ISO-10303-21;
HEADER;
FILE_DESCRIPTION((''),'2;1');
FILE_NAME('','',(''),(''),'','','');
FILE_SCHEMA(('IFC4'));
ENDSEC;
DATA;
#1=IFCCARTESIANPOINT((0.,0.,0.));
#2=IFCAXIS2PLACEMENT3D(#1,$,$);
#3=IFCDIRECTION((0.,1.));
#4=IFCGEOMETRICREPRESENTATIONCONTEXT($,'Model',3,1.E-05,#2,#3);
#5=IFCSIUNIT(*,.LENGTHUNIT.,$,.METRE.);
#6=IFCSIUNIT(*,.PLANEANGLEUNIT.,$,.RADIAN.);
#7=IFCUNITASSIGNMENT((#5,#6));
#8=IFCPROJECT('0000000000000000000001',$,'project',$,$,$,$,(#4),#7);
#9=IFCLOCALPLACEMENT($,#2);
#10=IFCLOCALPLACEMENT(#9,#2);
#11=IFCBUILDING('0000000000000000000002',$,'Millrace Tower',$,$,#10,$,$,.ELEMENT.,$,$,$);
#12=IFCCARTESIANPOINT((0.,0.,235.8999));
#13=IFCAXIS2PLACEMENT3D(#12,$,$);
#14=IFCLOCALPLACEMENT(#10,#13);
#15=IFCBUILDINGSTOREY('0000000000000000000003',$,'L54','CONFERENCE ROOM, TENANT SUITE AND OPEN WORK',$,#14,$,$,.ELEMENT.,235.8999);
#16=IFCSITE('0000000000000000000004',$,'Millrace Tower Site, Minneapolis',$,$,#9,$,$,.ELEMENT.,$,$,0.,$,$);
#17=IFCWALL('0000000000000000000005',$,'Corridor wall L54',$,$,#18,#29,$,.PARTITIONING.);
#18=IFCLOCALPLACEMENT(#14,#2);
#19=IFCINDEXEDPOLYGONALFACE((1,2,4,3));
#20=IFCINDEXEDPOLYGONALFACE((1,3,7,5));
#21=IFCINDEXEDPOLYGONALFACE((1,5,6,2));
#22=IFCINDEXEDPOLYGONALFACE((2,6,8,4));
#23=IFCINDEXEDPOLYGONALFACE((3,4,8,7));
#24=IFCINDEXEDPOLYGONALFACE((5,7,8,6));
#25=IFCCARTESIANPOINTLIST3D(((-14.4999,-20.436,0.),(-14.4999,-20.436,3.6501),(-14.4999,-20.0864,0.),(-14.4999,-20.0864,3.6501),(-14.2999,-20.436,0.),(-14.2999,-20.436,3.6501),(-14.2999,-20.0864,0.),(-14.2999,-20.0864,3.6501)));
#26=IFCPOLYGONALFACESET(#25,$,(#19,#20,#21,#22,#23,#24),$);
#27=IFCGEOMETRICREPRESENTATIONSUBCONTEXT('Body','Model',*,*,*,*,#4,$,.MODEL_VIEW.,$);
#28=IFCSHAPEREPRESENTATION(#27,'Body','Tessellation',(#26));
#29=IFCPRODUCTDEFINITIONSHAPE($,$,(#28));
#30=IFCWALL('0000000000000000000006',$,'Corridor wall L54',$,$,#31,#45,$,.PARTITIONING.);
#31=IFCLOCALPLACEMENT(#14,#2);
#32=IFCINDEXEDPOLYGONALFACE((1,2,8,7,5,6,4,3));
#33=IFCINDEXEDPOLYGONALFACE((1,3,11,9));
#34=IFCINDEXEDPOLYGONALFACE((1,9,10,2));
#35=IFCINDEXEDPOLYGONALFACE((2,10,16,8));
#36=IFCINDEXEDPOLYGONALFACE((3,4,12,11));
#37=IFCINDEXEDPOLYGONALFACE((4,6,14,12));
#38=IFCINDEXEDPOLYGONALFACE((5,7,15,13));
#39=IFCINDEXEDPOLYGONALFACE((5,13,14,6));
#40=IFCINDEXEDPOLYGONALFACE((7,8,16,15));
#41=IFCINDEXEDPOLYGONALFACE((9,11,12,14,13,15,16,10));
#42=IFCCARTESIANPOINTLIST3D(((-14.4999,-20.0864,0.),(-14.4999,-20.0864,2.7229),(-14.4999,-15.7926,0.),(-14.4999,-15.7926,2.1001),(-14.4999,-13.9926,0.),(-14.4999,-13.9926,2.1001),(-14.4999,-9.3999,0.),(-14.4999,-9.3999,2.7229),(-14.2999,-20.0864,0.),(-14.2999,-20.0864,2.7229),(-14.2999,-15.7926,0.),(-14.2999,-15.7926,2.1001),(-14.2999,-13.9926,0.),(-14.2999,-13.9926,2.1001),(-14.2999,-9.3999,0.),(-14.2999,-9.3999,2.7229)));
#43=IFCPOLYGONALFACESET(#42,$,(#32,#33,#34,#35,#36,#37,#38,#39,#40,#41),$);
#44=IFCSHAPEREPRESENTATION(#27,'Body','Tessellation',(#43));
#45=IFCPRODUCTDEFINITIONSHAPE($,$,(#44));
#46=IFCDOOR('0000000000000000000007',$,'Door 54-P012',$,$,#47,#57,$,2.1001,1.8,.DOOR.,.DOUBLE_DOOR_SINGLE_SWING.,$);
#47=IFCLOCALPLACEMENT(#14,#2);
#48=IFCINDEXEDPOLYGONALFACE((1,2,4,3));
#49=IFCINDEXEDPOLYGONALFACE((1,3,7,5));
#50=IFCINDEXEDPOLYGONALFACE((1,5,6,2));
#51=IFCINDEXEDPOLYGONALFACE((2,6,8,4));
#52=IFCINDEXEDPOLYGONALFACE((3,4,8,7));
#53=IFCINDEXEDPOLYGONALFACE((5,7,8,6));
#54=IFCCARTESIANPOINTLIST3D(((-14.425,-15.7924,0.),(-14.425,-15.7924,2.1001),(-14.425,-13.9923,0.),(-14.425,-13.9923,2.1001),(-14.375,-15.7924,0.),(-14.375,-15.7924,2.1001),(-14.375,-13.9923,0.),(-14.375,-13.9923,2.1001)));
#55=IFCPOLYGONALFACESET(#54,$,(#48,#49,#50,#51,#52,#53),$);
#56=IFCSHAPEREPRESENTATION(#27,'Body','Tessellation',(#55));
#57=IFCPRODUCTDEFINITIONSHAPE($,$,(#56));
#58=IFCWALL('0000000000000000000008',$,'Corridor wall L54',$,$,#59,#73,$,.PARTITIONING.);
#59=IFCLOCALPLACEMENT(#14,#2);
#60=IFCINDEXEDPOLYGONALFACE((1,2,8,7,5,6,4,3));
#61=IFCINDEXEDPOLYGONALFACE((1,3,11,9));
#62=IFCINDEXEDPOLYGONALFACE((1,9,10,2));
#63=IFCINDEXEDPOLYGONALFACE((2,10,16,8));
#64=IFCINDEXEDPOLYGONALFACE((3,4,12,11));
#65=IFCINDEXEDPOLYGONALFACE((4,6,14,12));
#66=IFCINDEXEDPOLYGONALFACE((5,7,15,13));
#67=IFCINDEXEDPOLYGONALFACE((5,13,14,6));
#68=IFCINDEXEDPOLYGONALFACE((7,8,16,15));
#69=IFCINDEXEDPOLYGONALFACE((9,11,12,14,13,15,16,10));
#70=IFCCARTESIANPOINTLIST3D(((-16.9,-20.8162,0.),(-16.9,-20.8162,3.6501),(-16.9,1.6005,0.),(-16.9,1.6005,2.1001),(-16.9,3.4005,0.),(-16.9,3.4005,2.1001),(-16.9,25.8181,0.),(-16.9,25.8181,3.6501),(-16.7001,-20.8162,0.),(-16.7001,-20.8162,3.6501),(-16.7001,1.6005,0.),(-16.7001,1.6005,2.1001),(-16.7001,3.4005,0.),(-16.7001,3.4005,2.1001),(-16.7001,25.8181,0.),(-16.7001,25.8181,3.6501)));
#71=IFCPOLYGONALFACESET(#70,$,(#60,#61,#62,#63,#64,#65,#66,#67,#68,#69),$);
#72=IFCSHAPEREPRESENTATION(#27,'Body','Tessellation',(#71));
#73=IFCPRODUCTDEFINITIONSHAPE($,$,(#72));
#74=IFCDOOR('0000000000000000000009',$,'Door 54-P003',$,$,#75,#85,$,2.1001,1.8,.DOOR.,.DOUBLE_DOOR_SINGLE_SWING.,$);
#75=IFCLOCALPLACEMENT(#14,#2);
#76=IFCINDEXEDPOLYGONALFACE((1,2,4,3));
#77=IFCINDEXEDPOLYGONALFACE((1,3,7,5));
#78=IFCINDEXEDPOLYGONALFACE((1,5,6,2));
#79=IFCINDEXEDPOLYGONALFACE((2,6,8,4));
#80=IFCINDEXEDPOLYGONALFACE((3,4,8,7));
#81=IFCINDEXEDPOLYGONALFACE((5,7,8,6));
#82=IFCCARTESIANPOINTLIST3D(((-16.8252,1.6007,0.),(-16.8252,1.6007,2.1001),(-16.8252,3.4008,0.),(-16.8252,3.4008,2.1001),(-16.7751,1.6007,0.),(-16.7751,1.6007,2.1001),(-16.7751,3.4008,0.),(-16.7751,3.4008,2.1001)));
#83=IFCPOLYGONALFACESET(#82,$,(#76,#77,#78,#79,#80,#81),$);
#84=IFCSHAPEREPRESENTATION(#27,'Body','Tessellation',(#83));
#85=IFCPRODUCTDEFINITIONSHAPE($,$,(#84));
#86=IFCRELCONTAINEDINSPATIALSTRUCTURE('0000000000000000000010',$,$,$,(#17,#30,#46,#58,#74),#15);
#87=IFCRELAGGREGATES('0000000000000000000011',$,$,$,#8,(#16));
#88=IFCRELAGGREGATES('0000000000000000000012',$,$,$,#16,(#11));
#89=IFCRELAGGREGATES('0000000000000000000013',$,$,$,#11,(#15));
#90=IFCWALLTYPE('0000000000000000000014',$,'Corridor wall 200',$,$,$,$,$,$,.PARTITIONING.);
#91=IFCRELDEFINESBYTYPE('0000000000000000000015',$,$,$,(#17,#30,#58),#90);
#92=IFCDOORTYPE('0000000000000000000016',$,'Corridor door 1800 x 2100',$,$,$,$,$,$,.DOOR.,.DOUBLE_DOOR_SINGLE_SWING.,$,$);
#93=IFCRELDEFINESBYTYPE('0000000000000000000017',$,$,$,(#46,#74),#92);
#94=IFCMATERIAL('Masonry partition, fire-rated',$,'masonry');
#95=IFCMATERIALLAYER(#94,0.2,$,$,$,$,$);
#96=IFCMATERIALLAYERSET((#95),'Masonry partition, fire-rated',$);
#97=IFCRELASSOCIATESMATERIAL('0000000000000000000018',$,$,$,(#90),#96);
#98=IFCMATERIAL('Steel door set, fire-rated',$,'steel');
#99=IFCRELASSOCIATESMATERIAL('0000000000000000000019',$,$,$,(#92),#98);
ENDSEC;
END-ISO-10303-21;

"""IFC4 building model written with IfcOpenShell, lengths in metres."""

from ifc_helpers import new_model, si_unit, direction, frame, frame_2d, origin, place, context, subcontext, project, spatial, rectangle, extrude, material, layer, layer_set, type_object, element, fill, save


model = new_model("IFC4")

# Units and contexts
model_context = context("Model", 3, precision=1e-05, world=origin(), true_north=direction((0.0, 1.0)))
body_context = subcontext(model_context, "Body", "Model", "MODEL_VIEW")
ifc_project = project(units=[si_unit("LENGTHUNIT", "METRE"), si_unit("PLANEANGLEUNIT", "RADIAN")], contexts=[model_context])

# Site, building, storey
site_placement = place(None, origin())
site = spatial("IfcSite", under=ifc_project, at=site_placement, Name="Millrace Tower Site, Minneapolis", CompositionType="ELEMENT", RefElevation=0.0)
building_placement = place(site_placement, origin())
building = spatial("IfcBuilding", under=site, at=building_placement, Name="Millrace Tower", CompositionType="ELEMENT")
storey_placement = place(building_placement, frame((0.0, 0.0, 235.8999)))
storey = spatial("IfcBuildingStorey", under=building, at=storey_placement, Name="L54", Description="CONFERENCE ROOM, TENANT SUITE AND OPEN WORK", CompositionType="ELEMENT", Elevation=235.8999)

# Wall
ifc_material_1 = material(Name="Masonry partition, fire-rated", Category="masonry")
ifc_layer_1 = layer(ifc_material_1, 0.2)
ifc_layer_set_1 = layer_set([ifc_layer_1], Name="Masonry partition, fire-rated")
wall_type = type_object("IfcWallType", Name="Corridor wall 200", PredefinedType="PARTITIONING", material=ifc_layer_set_1)
wall_1_placement = place(storey_placement, frame((-14.3999, -20.436, 0.0), z_axis=(0.0, 0.0, 1.0), x_axis=(0.0, 1.0, 0.0)))
element("IfcWall", 1, at=wall_1_placement, inside=storey, type_object=wall_type, Name="Corridor wall L54", PredefinedType="PARTITIONING", context=body_context, shape_type="SweptSolid", body=[
    extrude(rectangle(XDim=0.3496, YDim=0.2, at=frame_2d((0.1748, 0.0))), origin(), (0.0, 0.0, 1.0), 3.6501),
])

# Walls, openings, doors
wall_2_placement = place(storey_placement, frame((-14.3999, -20.0864, 0.0), z_axis=(0.0, 0.0, 1.0), x_axis=(0.0, 1.0, 0.0)))
wall_2 = element("IfcWall", 2, at=wall_2_placement, inside=storey, type_object=wall_type, Name="Corridor wall L54", PredefinedType="PARTITIONING", context=body_context, shape_type="SweptSolid", body=[
    extrude(rectangle(XDim=10.6865, YDim=0.2, at=frame_2d((5.3433, 0.0))), origin(), (0.0, 0.0, 1.0), 2.7229),
])
opening_1_placement = place(wall_2_placement, frame((4.2939, 0.0, 0.0)))
opening_1 = element("IfcOpeningElement", 3, at=opening_1_placement, cuts=wall_2, PredefinedType="OPENING", context=body_context, shape_type="SweptSolid", body=[
    extrude(rectangle(XDim=1.8, YDim=2.1001, at=frame_2d((0.8999, 1.05))), frame((0.0, 0.1099, 0.0), z_axis=(0.0, -1.0, 0.0), x_axis=(1.0, 0.0, 0.0)), (0.0, 0.0, 1.0), 0.22),
])
ifc_material_2 = material(Name="Steel door set, fire-rated", Category="steel")
door_type = type_object("IfcDoorType", Name="Corridor door 1800 x 2100", OperationType="DOUBLE_DOOR_SINGLE_SWING", PredefinedType="DOOR", material=ifc_material_2)
door_1_placement = place(opening_1_placement, frame((1.8, 0.0, 0.0), z_axis=(0.0, 0.0, 1.0), x_axis=(-1.0, 0.0, 0.0)))
door_1 = element("IfcDoor", 4, at=door_1_placement, inside=storey, type_object=door_type, Name="Door 54-P012", OperationType="DOUBLE_DOOR_SINGLE_SWING", OverallHeight=2.1001, OverallWidth=1.8, PredefinedType="DOOR", context=body_context, shape_type="SweptSolid", body=[
    extrude(rectangle(XDim=1.8, YDim=2.1001, at=frame_2d((0.8999, 1.05))), frame((0.0, 0.0249, 0.0), z_axis=(0.0, -1.0, 0.0), x_axis=(1.0, 0.0, 0.0)), (0.0, 0.0, 1.0), 0.05),
])
fill(opening_1, door_1)
wall_3_placement = place(storey_placement, frame((-16.8, -20.8162, 0.0), z_axis=(0.0, 0.0, 1.0), x_axis=(0.0, 1.0, 0.0)))
wall_3 = element("IfcWall", 5, at=wall_3_placement, inside=storey, type_object=wall_type, Name="Corridor wall L54", PredefinedType="PARTITIONING", context=body_context, shape_type="SweptSolid", body=[
    extrude(rectangle(XDim=46.6343, YDim=0.2, at=frame_2d((23.3171, 0.0))), origin(), (0.0, 0.0, 1.0), 3.6501),
])
opening_2_placement = place(wall_3_placement, frame((22.4167, 0.0, 0.0)))
opening_2 = element("IfcOpeningElement", 6, at=opening_2_placement, cuts=wall_3, PredefinedType="OPENING", context=body_context, shape_type="SweptSolid", body=[
    extrude(rectangle(XDim=1.8, YDim=2.1001, at=frame_2d((0.8999, 1.05))), frame((0.0, 0.1099, 0.0), z_axis=(0.0, -1.0, 0.0), x_axis=(1.0, 0.0, 0.0)), (0.0, 0.0, 1.0), 0.22),
])
door_2_placement = place(opening_2_placement, frame((1.8, 0.0, 0.0), z_axis=(0.0, 0.0, 1.0), x_axis=(-1.0, 0.0, 0.0)))
door_2 = element("IfcDoor", 7, at=door_2_placement, inside=storey, type_object=door_type, Name="Door 54-P003", OperationType="DOUBLE_DOOR_SINGLE_SWING", OverallHeight=2.1001, OverallWidth=1.8, PredefinedType="DOOR", context=body_context, shape_type="SweptSolid", body=[
    extrude(rectangle(XDim=1.8, YDim=2.1001, at=frame_2d((0.8999, 1.05))), frame((0.0, 0.0249, 0.0), z_axis=(0.0, -1.0, 0.0), x_axis=(1.0, 0.0, 0.0)), (0.0, 0.0, 1.0), 0.05),
])
fill(opening_2, door_2)

save(model, "model.ifc")
